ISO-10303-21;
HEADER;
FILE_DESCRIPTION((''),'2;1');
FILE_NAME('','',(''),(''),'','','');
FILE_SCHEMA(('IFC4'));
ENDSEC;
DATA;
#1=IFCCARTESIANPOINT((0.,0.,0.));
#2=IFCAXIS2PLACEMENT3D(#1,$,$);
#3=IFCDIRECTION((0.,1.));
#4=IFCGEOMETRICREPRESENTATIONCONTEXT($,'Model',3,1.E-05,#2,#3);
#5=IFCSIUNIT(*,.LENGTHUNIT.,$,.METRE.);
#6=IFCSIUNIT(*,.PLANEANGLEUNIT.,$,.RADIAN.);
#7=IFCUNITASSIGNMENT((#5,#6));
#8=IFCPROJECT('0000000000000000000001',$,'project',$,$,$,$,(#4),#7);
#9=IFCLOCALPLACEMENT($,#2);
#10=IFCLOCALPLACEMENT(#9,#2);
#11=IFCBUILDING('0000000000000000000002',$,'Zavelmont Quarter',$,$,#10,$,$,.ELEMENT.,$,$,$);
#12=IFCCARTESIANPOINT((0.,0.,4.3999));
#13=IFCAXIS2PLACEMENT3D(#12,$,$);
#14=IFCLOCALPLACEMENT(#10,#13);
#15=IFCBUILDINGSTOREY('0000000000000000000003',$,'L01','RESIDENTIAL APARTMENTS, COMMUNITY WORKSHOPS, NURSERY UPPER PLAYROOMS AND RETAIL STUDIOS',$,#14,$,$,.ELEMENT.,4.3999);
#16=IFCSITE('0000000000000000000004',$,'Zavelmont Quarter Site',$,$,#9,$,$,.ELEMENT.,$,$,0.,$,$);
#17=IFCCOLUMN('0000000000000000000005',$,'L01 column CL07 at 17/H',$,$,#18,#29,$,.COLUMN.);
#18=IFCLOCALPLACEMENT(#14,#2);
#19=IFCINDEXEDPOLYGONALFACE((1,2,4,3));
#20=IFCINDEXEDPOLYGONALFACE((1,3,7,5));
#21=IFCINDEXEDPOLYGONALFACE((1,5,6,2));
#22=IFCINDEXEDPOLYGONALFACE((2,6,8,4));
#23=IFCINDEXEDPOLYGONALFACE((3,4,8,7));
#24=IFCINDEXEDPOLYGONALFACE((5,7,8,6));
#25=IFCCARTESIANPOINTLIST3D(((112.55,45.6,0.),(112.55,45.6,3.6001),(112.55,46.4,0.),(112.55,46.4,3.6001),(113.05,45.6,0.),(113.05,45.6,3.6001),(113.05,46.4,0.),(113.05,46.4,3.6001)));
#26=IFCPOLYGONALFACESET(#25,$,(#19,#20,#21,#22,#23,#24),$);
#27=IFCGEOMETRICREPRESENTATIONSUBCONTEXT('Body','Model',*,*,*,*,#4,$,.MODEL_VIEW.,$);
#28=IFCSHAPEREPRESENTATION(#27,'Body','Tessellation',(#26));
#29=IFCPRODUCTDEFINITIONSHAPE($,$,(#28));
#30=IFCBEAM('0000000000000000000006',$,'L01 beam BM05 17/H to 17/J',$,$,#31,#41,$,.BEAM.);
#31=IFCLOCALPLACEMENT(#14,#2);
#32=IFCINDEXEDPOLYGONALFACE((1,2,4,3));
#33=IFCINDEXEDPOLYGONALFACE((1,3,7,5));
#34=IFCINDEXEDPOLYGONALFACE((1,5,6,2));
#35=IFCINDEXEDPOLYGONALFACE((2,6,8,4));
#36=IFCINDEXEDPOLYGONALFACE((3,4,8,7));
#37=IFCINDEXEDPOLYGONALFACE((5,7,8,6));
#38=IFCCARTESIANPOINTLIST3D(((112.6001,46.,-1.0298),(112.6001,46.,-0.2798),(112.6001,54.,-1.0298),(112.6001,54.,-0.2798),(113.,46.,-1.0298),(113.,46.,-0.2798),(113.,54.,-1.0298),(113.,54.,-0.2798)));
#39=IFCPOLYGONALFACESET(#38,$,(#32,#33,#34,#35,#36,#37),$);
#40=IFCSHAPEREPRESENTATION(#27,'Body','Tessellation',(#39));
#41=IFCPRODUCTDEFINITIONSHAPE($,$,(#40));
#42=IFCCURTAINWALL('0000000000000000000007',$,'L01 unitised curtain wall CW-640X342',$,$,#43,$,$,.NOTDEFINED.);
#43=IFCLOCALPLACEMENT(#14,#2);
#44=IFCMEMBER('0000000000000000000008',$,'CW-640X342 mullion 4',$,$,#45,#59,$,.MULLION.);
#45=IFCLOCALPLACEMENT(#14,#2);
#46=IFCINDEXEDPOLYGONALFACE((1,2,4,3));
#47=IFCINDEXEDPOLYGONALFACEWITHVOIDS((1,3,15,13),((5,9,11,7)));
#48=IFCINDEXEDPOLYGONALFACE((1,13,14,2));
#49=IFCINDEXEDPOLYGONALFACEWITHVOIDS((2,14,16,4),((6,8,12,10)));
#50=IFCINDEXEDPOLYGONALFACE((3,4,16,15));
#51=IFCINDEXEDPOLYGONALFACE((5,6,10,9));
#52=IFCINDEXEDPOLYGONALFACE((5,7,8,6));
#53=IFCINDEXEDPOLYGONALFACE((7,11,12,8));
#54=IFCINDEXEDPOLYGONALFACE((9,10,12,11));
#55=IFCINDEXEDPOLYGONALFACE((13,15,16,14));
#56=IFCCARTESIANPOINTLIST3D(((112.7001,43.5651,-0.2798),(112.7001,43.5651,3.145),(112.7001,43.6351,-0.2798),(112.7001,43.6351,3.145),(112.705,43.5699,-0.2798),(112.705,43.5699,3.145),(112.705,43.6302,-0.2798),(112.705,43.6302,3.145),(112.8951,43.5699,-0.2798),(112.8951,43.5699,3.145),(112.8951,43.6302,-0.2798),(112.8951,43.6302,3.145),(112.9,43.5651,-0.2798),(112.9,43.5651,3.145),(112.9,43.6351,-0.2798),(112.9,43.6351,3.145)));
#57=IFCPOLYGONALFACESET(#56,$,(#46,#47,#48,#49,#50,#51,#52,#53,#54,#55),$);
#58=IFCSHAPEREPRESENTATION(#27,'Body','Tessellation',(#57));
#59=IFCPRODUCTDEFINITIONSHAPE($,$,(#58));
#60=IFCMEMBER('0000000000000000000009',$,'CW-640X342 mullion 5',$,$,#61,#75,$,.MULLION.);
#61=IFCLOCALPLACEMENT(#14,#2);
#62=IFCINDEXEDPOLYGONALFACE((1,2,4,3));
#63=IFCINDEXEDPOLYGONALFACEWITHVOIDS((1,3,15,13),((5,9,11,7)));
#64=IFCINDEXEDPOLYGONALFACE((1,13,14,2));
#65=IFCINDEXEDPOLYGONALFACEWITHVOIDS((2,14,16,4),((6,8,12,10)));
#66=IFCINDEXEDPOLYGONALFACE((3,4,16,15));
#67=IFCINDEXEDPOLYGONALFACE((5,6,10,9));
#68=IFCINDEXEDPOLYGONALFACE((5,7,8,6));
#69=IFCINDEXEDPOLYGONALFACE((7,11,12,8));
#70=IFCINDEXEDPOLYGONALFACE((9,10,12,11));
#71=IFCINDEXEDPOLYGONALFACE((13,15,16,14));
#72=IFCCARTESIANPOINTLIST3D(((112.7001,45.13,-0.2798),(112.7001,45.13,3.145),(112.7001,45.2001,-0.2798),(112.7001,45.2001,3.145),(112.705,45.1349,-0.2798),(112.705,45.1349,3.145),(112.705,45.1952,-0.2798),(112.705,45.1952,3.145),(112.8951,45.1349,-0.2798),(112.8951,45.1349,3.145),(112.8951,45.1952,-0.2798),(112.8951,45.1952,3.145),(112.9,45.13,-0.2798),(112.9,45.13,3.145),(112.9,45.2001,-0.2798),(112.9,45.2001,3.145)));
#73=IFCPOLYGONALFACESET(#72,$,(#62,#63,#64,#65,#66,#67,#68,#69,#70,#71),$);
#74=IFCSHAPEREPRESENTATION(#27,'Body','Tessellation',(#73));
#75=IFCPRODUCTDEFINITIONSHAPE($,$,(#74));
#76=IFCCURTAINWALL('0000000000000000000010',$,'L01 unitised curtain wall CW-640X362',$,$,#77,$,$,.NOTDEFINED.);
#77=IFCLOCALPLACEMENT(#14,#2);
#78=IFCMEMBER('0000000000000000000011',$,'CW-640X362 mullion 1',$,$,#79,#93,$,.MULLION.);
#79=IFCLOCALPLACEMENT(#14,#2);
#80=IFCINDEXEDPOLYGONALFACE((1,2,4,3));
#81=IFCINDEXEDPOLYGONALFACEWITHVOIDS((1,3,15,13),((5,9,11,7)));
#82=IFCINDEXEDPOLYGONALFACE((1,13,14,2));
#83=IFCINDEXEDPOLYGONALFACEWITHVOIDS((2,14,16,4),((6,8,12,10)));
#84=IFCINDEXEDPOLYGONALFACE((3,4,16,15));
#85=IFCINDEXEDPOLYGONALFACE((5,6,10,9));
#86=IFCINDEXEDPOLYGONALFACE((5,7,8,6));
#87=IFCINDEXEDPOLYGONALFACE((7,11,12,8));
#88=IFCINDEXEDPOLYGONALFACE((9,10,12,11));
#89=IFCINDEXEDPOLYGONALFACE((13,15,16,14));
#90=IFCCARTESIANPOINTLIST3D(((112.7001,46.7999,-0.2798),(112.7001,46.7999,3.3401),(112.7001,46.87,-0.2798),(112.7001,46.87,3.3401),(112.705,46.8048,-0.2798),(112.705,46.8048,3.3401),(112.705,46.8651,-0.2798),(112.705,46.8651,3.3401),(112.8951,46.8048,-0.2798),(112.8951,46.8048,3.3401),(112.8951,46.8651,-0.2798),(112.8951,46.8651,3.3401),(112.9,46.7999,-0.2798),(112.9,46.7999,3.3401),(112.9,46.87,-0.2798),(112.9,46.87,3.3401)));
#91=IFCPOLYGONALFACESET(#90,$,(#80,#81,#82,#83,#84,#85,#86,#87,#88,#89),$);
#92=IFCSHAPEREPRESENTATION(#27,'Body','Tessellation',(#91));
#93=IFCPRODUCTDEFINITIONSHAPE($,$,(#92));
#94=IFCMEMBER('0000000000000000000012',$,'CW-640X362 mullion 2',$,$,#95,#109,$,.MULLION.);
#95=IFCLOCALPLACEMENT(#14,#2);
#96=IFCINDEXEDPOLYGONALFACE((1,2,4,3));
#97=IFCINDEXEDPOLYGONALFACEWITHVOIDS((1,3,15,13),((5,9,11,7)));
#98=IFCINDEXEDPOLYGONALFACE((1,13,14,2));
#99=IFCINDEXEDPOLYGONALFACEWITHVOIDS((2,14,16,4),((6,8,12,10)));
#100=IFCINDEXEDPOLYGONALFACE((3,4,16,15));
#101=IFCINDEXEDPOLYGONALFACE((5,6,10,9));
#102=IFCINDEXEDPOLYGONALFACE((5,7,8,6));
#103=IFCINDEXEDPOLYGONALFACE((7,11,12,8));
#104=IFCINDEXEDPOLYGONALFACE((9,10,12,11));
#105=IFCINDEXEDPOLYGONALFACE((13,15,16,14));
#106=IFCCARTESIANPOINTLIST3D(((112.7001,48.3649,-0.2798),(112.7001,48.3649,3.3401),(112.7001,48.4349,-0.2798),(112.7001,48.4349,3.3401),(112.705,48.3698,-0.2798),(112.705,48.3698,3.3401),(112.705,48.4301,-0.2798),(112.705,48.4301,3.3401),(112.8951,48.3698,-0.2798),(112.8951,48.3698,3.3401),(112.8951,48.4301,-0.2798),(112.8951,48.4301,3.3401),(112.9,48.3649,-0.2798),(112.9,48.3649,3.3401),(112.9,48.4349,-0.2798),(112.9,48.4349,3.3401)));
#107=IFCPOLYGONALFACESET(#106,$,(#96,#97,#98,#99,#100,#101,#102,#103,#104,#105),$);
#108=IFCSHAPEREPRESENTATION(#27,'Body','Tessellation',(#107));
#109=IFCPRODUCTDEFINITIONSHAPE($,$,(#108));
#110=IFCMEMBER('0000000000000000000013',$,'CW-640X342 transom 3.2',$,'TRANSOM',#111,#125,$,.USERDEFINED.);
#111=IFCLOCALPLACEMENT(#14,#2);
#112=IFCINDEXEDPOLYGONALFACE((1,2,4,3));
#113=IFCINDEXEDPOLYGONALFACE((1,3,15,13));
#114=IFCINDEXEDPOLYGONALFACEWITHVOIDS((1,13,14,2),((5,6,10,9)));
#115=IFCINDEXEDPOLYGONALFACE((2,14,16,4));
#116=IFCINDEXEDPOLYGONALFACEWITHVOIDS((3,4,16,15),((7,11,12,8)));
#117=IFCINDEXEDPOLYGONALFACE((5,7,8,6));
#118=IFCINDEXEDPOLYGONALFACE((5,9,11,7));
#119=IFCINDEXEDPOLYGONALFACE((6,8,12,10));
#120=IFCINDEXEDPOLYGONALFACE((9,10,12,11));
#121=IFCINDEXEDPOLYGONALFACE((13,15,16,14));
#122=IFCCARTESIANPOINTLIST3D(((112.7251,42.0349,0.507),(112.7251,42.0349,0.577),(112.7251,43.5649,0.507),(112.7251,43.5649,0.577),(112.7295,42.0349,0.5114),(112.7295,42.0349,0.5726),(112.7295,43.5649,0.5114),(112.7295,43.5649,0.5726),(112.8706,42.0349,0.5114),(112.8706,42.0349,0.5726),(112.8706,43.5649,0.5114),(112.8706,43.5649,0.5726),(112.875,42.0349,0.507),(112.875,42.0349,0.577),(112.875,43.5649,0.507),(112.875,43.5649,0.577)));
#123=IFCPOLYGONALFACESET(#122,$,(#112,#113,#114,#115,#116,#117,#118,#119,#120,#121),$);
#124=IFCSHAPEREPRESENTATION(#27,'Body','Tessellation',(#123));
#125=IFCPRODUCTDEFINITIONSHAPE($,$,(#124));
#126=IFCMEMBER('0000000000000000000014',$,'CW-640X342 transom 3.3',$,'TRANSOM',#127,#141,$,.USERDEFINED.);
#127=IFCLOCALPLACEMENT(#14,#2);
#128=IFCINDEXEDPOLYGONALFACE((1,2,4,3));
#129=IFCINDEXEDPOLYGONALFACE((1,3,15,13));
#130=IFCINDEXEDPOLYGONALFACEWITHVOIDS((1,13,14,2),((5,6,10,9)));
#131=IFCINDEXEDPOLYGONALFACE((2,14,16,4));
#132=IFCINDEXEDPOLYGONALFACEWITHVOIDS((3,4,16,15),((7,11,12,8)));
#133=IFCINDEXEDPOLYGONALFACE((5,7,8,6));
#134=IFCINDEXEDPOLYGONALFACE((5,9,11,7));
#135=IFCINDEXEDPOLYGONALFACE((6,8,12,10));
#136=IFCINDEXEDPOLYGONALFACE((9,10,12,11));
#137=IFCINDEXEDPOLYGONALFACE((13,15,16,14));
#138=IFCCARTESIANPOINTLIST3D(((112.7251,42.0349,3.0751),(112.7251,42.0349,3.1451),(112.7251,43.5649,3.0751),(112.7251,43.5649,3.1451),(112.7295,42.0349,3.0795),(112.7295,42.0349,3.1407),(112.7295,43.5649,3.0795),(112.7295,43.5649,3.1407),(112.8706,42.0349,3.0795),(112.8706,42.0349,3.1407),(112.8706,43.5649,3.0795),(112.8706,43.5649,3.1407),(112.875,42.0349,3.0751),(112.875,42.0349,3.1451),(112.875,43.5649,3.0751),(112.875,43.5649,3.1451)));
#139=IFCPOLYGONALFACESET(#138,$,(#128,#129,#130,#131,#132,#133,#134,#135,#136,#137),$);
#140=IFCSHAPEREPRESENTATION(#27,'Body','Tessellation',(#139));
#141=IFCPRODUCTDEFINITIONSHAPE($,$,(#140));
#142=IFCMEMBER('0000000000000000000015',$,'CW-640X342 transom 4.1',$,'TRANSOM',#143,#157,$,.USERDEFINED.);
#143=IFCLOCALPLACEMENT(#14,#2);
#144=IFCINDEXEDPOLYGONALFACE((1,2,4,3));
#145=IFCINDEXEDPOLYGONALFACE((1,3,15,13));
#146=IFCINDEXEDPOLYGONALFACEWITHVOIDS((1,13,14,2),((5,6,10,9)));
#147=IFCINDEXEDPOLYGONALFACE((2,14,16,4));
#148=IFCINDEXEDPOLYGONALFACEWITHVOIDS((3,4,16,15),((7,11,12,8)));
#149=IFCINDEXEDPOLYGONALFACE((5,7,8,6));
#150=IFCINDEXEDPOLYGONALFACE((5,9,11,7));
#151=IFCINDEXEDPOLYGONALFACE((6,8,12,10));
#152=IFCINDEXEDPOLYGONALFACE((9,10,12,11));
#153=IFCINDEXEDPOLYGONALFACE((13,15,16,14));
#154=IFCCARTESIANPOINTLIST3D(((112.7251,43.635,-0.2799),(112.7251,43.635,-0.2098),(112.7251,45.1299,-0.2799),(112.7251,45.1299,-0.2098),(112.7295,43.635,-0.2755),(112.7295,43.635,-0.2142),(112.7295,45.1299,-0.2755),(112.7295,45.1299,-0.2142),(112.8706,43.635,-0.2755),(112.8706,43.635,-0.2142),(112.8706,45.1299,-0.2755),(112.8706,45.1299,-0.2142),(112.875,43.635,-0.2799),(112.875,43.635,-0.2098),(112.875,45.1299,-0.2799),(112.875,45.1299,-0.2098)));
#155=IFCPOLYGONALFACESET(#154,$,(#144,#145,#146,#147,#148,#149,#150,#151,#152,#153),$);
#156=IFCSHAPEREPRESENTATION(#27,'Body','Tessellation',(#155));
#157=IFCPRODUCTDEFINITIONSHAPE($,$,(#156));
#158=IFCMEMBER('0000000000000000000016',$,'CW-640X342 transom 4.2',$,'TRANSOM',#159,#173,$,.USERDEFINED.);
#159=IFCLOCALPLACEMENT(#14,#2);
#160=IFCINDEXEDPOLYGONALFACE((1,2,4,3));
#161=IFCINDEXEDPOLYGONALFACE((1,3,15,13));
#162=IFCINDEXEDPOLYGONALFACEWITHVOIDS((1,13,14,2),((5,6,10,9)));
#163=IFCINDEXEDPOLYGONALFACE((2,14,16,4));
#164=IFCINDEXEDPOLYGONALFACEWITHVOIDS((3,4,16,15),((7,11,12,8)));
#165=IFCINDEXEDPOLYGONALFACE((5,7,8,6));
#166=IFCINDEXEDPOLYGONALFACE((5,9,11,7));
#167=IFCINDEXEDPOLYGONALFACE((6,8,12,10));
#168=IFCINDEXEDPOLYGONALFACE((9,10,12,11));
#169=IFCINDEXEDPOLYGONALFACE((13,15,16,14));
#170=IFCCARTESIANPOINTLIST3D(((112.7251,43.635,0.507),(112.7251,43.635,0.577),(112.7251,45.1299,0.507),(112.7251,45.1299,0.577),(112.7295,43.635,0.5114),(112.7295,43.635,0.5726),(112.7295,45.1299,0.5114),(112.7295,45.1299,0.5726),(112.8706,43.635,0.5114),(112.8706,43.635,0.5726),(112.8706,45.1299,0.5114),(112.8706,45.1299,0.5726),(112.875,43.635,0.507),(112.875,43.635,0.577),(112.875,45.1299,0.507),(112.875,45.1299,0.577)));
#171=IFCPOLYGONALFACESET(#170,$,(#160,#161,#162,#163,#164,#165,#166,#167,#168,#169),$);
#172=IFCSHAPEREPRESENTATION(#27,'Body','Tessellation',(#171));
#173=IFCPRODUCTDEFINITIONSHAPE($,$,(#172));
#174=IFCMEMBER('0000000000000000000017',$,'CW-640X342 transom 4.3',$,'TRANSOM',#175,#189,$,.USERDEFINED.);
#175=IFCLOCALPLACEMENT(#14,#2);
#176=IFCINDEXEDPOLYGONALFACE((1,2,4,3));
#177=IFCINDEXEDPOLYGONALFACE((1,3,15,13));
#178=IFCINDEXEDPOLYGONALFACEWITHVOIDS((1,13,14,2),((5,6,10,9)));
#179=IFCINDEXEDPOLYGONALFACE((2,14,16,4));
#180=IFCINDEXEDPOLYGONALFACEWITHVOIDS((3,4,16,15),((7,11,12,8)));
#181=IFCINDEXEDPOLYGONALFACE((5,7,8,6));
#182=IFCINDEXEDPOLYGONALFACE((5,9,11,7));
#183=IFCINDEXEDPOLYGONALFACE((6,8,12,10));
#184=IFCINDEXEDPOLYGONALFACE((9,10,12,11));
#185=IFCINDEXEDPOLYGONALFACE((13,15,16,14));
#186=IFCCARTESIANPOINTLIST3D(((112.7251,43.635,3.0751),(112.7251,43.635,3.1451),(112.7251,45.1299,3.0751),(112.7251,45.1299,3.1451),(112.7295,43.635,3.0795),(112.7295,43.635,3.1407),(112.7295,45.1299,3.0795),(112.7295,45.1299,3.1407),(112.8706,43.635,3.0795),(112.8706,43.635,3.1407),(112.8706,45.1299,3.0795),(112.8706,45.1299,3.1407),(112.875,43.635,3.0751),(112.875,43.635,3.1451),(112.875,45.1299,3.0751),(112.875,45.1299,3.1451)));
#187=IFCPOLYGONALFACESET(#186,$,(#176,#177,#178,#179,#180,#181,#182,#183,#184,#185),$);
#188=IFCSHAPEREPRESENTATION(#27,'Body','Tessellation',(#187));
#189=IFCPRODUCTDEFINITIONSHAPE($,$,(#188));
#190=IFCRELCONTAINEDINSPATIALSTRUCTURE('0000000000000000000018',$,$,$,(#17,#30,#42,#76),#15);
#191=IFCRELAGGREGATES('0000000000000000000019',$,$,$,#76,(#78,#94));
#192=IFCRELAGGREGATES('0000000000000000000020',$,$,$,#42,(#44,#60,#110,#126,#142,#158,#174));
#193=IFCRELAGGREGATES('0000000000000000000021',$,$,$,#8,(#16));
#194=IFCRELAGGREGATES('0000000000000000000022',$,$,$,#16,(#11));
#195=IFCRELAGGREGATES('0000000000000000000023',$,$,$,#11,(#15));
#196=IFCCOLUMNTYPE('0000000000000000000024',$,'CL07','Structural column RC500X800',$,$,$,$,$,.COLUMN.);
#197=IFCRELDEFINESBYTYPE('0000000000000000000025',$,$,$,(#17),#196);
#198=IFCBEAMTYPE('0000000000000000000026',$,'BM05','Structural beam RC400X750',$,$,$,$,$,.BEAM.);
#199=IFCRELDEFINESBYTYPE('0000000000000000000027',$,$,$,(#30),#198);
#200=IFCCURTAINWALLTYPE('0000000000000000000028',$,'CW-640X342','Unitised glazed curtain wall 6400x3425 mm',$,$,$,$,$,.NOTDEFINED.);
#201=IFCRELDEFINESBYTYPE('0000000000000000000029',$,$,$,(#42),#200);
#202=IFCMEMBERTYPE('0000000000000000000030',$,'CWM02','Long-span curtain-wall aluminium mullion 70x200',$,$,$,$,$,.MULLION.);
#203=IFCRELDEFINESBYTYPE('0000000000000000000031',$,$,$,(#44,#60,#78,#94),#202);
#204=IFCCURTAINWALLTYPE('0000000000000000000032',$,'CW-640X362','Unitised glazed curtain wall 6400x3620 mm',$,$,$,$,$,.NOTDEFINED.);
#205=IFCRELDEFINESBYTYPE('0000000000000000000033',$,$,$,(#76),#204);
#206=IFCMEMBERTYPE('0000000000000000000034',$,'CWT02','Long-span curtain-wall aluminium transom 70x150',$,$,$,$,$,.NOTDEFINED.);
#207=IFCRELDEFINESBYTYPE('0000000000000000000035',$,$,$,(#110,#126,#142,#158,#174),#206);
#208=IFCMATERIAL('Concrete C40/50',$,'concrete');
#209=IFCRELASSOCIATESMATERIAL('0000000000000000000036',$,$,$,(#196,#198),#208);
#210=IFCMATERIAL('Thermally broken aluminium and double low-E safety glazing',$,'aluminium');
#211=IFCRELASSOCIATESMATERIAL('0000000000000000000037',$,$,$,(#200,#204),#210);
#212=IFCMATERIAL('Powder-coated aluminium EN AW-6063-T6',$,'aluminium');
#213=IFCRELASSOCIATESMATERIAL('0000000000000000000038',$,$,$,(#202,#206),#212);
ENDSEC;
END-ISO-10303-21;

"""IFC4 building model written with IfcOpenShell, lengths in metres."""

from ifc_helpers import new_model, si_unit, direction, frame, origin, origin_2d, place, context, subcontext, project, spatial, rectangle, hollow_rectangle, extrude, material, material_profile, profile_set, type_object, element, aggregate, save


model = new_model("IFC4")

# Units and contexts
model_context = context("Model", 3, precision=1e-05, world=origin(), true_north=direction((0.0, 1.0)))
body_context = subcontext(model_context, "Body", "Model", "MODEL_VIEW")
ifc_project = project(units=[si_unit("LENGTHUNIT", "METRE"), si_unit("PLANEANGLEUNIT", "RADIAN")], contexts=[model_context])

# Site, building, storey
site_placement = place(None, origin())
site = spatial("IfcSite", under=ifc_project, at=site_placement, Name="Zavelmont Quarter Site", CompositionType="ELEMENT", RefElevation=0.0)
building_placement = place(site_placement, origin())
building = spatial("IfcBuilding", under=site, at=building_placement, Name="Zavelmont Quarter", CompositionType="ELEMENT")
storey_placement = place(building_placement, frame((0.0, 0.0, 4.3999)))
storey = spatial("IfcBuildingStorey", under=building, at=storey_placement, Name="L01", Description="RESIDENTIAL APARTMENTS, COMMUNITY WORKSHOPS, NURSERY UPPER PLAYROOMS AND RETAIL STUDIOS", CompositionType="ELEMENT", Elevation=4.3999)

# Column
ifc_material_1 = material(Name="Concrete C40/50", Category="concrete")
ifc_material_profile_1 = material_profile(ifc_material_1, rectangle(XDim=0.5, YDim=0.8, at=origin_2d()), Name="RC500X800")
ifc_profile_set_1 = profile_set([ifc_material_profile_1], Name="Concrete C40/50")
column_type = type_object("IfcColumnType", Name="CL07", Description="Structural column RC500X800", PredefinedType="COLUMN", material=ifc_profile_set_1)
column_placement = place(storey_placement, frame((112.8, 46.0, 0.0), z_axis=(0.0, 0.0, 1.0), x_axis=(1.0, 0.0, 0.0)))
element("IfcColumn", 1, at=column_placement, inside=storey, type_object=column_type, Name="L01 column CL07 at 17/H", PredefinedType="COLUMN", context=body_context, shape_type="SweptSolid", body=[
    extrude(rectangle(XDim=0.5, YDim=0.8, at=origin_2d()), origin(), (0.0, 0.0, 1.0), 3.6001),
])

# Beam
ifc_material_profile_2 = material_profile(ifc_material_1, rectangle(XDim=0.3999, YDim=0.75, at=origin_2d()), Name="RC400X750")
ifc_profile_set_2 = profile_set([ifc_material_profile_2], Name="Concrete C40/50")
beam_type = type_object("IfcBeamType", Name="BM05", Description="Structural beam RC400X750", PredefinedType="BEAM", material=ifc_profile_set_2)
beam_placement = place(storey_placement, frame((112.8, 46.0, -0.6548), z_axis=(0.0, 1.0, 0.0), x_axis=(-1.0, 0.0, 0.0)))
element("IfcBeam", 2, at=beam_placement, inside=storey, type_object=beam_type, Name="L01 beam BM05 17/H to 17/J", PredefinedType="BEAM", context=body_context, shape_type="SweptSolid", body=[
    extrude(rectangle(XDim=0.3999, YDim=0.75, at=origin_2d()), origin(), (0.0, 0.0, 1.0), 8.0),
])

# Curtain walls, members
ifc_material_2 = material(Name="Thermally broken aluminium and double low-E safety glazing", Category="aluminium")
curtain_wall_type_1 = type_object("IfcCurtainWallType", Name="CW-640X342", Description="Unitised glazed curtain wall 6400x3425 mm", PredefinedType="NOTDEFINED", material=ifc_material_2)
curtain_wall_1_placement = place(storey_placement, origin())
curtain_wall_1 = element("IfcCurtainWall", 3, at=curtain_wall_1_placement, inside=storey, type_object=curtain_wall_type_1, Name="L01 unitised curtain wall CW-640X342", PredefinedType="NOTDEFINED")
ifc_material_3 = material(Name="Powder-coated aluminium EN AW-6063-T6", Category="aluminium")
ifc_material_profile_3 = material_profile(ifc_material_3, hollow_rectangle(XDim=0.0701, YDim=0.2, WallThickness=0.0049, at=origin_2d()), Name="CWM70X200")
ifc_profile_set_3 = profile_set([ifc_material_profile_3], Name="Powder-coated aluminium EN AW-6063-T6")
member_type_1 = type_object("IfcMemberType", Name="CWM02", Description="Long-span curtain-wall aluminium mullion 70x200", PredefinedType="MULLION", material=ifc_profile_set_3)
member_1_placement = place(storey_placement, frame((112.8, 43.6001, -0.2798), z_axis=(0.0, 0.0, 1.0), x_axis=(0.0, 1.0, 0.0)))
member_1 = element("IfcMember", 4, at=member_1_placement, type_object=member_type_1, Name="CW-640X342 mullion 4", PredefinedType="MULLION", context=body_context, shape_type="SweptSolid", body=[
    extrude(hollow_rectangle(XDim=0.0701, YDim=0.2, WallThickness=0.0049, at=origin_2d()), origin(), (0.0, 0.0, 1.0), 3.4248),
])
member_2_placement = place(storey_placement, frame((112.8, 45.165, -0.2798), z_axis=(0.0, 0.0, 1.0), x_axis=(0.0, 1.0, 0.0)))
member_2 = element("IfcMember", 5, at=member_2_placement, type_object=member_type_1, Name="CW-640X342 mullion 5", PredefinedType="MULLION", context=body_context, shape_type="SweptSolid", body=[
    extrude(hollow_rectangle(XDim=0.0701, YDim=0.2, WallThickness=0.0049, at=origin_2d()), origin(), (0.0, 0.0, 1.0), 3.4248),
])
curtain_wall_type_2 = type_object("IfcCurtainWallType", Name="CW-640X362", Description="Unitised glazed curtain wall 6400x3620 mm", PredefinedType="NOTDEFINED", material=ifc_material_2)
curtain_wall_2_placement = place(storey_placement, origin())
curtain_wall_2 = element("IfcCurtainWall", 6, at=curtain_wall_2_placement, inside=storey, type_object=curtain_wall_type_2, Name="L01 unitised curtain wall CW-640X362", PredefinedType="NOTDEFINED")
member_3_placement = place(storey_placement, frame((112.8, 46.835, -0.2798), z_axis=(0.0, 0.0, 1.0), x_axis=(0.0, 1.0, 0.0)))
member_3 = element("IfcMember", 7, at=member_3_placement, type_object=member_type_1, Name="CW-640X362 mullion 1", PredefinedType="MULLION", context=body_context, shape_type="SweptSolid", body=[
    extrude(hollow_rectangle(XDim=0.0701, YDim=0.2, WallThickness=0.0049, at=origin_2d()), origin(), (0.0, 0.0, 1.0), 3.6199),
])
member_4_placement = place(storey_placement, frame((112.8, 48.3999, -0.2798), z_axis=(0.0, 0.0, 1.0), x_axis=(0.0, 1.0, 0.0)))
member_4 = element("IfcMember", 8, at=member_4_placement, type_object=member_type_1, Name="CW-640X362 mullion 2", PredefinedType="MULLION", context=body_context, shape_type="SweptSolid", body=[
    extrude(hollow_rectangle(XDim=0.0701, YDim=0.2, WallThickness=0.0049, at=origin_2d()), origin(), (0.0, 0.0, 1.0), 3.6199),
])

# Members
ifc_material_profile_4 = material_profile(ifc_material_3, hollow_rectangle(XDim=0.1499, YDim=0.0701, WallThickness=0.0044, at=origin_2d()), Name="CWT70X150")
ifc_profile_set_4 = profile_set([ifc_material_profile_4], Name="Powder-coated aluminium EN AW-6063-T6")
member_type_2 = type_object("IfcMemberType", Name="CWT02", Description="Long-span curtain-wall aluminium transom 70x150", PredefinedType="NOTDEFINED", material=ifc_profile_set_4)
member_5_placement = place(storey_placement, frame((112.8, 42.0349, 0.542), z_axis=(0.0, 1.0, 0.0), x_axis=(-1.0, 0.0, 0.0)))
member_5 = element("IfcMember", 9, at=member_5_placement, type_object=member_type_2, Name="CW-640X342 transom 3.2", ObjectType="TRANSOM", PredefinedType="USERDEFINED", context=body_context, shape_type="SweptSolid", body=[
    extrude(hollow_rectangle(XDim=0.1499, YDim=0.0701, WallThickness=0.0044, at=origin_2d()), origin(), (0.0, 0.0, 1.0), 1.53),
])
member_6_placement = place(storey_placement, frame((112.8, 42.0349, 3.1101), z_axis=(0.0, 1.0, 0.0), x_axis=(-1.0, 0.0, 0.0)))
member_6 = element("IfcMember", 10, at=member_6_placement, type_object=member_type_2, Name="CW-640X342 transom 3.3", ObjectType="TRANSOM", PredefinedType="USERDEFINED", context=body_context, shape_type="SweptSolid", body=[
    extrude(hollow_rectangle(XDim=0.1499, YDim=0.0701, WallThickness=0.0044, at=origin_2d()), origin(), (0.0, 0.0, 1.0), 1.53),
])
member_7_placement = place(storey_placement, frame((112.8, 43.635, -0.2449), z_axis=(0.0, 1.0, 0.0), x_axis=(-1.0, 0.0, 0.0)))
member_7 = element("IfcMember", 11, at=member_7_placement, type_object=member_type_2, Name="CW-640X342 transom 4.1", ObjectType="TRANSOM", PredefinedType="USERDEFINED", context=body_context, shape_type="SweptSolid", body=[
    extrude(hollow_rectangle(XDim=0.1499, YDim=0.0701, WallThickness=0.0044, at=origin_2d()), origin(), (0.0, 0.0, 1.0), 1.4949),
])
member_8_placement = place(storey_placement, frame((112.8, 43.635, 0.542), z_axis=(0.0, 1.0, 0.0), x_axis=(-1.0, 0.0, 0.0)))
member_8 = element("IfcMember", 12, at=member_8_placement, type_object=member_type_2, Name="CW-640X342 transom 4.2", ObjectType="TRANSOM", PredefinedType="USERDEFINED", context=body_context, shape_type="SweptSolid", body=[
    extrude(hollow_rectangle(XDim=0.1499, YDim=0.0701, WallThickness=0.0044, at=origin_2d()), origin(), (0.0, 0.0, 1.0), 1.4949),
])
member_9_placement = place(storey_placement, frame((112.8, 43.635, 3.1101), z_axis=(0.0, 1.0, 0.0), x_axis=(-1.0, 0.0, 0.0)))
member_9 = element("IfcMember", 13, at=member_9_placement, type_object=member_type_2, Name="CW-640X342 transom 4.3", ObjectType="TRANSOM", PredefinedType="USERDEFINED", context=body_context, shape_type="SweptSolid", body=[
    extrude(hollow_rectangle(XDim=0.1499, YDim=0.0701, WallThickness=0.0044, at=origin_2d()), origin(), (0.0, 0.0, 1.0), 1.4949),
])

aggregate(curtain_wall_2, [member_3, member_4])
aggregate(curtain_wall_1, [member_1, member_2, member_5, member_6, member_7, member_8, member_9])

save(model, "model.ifc")
